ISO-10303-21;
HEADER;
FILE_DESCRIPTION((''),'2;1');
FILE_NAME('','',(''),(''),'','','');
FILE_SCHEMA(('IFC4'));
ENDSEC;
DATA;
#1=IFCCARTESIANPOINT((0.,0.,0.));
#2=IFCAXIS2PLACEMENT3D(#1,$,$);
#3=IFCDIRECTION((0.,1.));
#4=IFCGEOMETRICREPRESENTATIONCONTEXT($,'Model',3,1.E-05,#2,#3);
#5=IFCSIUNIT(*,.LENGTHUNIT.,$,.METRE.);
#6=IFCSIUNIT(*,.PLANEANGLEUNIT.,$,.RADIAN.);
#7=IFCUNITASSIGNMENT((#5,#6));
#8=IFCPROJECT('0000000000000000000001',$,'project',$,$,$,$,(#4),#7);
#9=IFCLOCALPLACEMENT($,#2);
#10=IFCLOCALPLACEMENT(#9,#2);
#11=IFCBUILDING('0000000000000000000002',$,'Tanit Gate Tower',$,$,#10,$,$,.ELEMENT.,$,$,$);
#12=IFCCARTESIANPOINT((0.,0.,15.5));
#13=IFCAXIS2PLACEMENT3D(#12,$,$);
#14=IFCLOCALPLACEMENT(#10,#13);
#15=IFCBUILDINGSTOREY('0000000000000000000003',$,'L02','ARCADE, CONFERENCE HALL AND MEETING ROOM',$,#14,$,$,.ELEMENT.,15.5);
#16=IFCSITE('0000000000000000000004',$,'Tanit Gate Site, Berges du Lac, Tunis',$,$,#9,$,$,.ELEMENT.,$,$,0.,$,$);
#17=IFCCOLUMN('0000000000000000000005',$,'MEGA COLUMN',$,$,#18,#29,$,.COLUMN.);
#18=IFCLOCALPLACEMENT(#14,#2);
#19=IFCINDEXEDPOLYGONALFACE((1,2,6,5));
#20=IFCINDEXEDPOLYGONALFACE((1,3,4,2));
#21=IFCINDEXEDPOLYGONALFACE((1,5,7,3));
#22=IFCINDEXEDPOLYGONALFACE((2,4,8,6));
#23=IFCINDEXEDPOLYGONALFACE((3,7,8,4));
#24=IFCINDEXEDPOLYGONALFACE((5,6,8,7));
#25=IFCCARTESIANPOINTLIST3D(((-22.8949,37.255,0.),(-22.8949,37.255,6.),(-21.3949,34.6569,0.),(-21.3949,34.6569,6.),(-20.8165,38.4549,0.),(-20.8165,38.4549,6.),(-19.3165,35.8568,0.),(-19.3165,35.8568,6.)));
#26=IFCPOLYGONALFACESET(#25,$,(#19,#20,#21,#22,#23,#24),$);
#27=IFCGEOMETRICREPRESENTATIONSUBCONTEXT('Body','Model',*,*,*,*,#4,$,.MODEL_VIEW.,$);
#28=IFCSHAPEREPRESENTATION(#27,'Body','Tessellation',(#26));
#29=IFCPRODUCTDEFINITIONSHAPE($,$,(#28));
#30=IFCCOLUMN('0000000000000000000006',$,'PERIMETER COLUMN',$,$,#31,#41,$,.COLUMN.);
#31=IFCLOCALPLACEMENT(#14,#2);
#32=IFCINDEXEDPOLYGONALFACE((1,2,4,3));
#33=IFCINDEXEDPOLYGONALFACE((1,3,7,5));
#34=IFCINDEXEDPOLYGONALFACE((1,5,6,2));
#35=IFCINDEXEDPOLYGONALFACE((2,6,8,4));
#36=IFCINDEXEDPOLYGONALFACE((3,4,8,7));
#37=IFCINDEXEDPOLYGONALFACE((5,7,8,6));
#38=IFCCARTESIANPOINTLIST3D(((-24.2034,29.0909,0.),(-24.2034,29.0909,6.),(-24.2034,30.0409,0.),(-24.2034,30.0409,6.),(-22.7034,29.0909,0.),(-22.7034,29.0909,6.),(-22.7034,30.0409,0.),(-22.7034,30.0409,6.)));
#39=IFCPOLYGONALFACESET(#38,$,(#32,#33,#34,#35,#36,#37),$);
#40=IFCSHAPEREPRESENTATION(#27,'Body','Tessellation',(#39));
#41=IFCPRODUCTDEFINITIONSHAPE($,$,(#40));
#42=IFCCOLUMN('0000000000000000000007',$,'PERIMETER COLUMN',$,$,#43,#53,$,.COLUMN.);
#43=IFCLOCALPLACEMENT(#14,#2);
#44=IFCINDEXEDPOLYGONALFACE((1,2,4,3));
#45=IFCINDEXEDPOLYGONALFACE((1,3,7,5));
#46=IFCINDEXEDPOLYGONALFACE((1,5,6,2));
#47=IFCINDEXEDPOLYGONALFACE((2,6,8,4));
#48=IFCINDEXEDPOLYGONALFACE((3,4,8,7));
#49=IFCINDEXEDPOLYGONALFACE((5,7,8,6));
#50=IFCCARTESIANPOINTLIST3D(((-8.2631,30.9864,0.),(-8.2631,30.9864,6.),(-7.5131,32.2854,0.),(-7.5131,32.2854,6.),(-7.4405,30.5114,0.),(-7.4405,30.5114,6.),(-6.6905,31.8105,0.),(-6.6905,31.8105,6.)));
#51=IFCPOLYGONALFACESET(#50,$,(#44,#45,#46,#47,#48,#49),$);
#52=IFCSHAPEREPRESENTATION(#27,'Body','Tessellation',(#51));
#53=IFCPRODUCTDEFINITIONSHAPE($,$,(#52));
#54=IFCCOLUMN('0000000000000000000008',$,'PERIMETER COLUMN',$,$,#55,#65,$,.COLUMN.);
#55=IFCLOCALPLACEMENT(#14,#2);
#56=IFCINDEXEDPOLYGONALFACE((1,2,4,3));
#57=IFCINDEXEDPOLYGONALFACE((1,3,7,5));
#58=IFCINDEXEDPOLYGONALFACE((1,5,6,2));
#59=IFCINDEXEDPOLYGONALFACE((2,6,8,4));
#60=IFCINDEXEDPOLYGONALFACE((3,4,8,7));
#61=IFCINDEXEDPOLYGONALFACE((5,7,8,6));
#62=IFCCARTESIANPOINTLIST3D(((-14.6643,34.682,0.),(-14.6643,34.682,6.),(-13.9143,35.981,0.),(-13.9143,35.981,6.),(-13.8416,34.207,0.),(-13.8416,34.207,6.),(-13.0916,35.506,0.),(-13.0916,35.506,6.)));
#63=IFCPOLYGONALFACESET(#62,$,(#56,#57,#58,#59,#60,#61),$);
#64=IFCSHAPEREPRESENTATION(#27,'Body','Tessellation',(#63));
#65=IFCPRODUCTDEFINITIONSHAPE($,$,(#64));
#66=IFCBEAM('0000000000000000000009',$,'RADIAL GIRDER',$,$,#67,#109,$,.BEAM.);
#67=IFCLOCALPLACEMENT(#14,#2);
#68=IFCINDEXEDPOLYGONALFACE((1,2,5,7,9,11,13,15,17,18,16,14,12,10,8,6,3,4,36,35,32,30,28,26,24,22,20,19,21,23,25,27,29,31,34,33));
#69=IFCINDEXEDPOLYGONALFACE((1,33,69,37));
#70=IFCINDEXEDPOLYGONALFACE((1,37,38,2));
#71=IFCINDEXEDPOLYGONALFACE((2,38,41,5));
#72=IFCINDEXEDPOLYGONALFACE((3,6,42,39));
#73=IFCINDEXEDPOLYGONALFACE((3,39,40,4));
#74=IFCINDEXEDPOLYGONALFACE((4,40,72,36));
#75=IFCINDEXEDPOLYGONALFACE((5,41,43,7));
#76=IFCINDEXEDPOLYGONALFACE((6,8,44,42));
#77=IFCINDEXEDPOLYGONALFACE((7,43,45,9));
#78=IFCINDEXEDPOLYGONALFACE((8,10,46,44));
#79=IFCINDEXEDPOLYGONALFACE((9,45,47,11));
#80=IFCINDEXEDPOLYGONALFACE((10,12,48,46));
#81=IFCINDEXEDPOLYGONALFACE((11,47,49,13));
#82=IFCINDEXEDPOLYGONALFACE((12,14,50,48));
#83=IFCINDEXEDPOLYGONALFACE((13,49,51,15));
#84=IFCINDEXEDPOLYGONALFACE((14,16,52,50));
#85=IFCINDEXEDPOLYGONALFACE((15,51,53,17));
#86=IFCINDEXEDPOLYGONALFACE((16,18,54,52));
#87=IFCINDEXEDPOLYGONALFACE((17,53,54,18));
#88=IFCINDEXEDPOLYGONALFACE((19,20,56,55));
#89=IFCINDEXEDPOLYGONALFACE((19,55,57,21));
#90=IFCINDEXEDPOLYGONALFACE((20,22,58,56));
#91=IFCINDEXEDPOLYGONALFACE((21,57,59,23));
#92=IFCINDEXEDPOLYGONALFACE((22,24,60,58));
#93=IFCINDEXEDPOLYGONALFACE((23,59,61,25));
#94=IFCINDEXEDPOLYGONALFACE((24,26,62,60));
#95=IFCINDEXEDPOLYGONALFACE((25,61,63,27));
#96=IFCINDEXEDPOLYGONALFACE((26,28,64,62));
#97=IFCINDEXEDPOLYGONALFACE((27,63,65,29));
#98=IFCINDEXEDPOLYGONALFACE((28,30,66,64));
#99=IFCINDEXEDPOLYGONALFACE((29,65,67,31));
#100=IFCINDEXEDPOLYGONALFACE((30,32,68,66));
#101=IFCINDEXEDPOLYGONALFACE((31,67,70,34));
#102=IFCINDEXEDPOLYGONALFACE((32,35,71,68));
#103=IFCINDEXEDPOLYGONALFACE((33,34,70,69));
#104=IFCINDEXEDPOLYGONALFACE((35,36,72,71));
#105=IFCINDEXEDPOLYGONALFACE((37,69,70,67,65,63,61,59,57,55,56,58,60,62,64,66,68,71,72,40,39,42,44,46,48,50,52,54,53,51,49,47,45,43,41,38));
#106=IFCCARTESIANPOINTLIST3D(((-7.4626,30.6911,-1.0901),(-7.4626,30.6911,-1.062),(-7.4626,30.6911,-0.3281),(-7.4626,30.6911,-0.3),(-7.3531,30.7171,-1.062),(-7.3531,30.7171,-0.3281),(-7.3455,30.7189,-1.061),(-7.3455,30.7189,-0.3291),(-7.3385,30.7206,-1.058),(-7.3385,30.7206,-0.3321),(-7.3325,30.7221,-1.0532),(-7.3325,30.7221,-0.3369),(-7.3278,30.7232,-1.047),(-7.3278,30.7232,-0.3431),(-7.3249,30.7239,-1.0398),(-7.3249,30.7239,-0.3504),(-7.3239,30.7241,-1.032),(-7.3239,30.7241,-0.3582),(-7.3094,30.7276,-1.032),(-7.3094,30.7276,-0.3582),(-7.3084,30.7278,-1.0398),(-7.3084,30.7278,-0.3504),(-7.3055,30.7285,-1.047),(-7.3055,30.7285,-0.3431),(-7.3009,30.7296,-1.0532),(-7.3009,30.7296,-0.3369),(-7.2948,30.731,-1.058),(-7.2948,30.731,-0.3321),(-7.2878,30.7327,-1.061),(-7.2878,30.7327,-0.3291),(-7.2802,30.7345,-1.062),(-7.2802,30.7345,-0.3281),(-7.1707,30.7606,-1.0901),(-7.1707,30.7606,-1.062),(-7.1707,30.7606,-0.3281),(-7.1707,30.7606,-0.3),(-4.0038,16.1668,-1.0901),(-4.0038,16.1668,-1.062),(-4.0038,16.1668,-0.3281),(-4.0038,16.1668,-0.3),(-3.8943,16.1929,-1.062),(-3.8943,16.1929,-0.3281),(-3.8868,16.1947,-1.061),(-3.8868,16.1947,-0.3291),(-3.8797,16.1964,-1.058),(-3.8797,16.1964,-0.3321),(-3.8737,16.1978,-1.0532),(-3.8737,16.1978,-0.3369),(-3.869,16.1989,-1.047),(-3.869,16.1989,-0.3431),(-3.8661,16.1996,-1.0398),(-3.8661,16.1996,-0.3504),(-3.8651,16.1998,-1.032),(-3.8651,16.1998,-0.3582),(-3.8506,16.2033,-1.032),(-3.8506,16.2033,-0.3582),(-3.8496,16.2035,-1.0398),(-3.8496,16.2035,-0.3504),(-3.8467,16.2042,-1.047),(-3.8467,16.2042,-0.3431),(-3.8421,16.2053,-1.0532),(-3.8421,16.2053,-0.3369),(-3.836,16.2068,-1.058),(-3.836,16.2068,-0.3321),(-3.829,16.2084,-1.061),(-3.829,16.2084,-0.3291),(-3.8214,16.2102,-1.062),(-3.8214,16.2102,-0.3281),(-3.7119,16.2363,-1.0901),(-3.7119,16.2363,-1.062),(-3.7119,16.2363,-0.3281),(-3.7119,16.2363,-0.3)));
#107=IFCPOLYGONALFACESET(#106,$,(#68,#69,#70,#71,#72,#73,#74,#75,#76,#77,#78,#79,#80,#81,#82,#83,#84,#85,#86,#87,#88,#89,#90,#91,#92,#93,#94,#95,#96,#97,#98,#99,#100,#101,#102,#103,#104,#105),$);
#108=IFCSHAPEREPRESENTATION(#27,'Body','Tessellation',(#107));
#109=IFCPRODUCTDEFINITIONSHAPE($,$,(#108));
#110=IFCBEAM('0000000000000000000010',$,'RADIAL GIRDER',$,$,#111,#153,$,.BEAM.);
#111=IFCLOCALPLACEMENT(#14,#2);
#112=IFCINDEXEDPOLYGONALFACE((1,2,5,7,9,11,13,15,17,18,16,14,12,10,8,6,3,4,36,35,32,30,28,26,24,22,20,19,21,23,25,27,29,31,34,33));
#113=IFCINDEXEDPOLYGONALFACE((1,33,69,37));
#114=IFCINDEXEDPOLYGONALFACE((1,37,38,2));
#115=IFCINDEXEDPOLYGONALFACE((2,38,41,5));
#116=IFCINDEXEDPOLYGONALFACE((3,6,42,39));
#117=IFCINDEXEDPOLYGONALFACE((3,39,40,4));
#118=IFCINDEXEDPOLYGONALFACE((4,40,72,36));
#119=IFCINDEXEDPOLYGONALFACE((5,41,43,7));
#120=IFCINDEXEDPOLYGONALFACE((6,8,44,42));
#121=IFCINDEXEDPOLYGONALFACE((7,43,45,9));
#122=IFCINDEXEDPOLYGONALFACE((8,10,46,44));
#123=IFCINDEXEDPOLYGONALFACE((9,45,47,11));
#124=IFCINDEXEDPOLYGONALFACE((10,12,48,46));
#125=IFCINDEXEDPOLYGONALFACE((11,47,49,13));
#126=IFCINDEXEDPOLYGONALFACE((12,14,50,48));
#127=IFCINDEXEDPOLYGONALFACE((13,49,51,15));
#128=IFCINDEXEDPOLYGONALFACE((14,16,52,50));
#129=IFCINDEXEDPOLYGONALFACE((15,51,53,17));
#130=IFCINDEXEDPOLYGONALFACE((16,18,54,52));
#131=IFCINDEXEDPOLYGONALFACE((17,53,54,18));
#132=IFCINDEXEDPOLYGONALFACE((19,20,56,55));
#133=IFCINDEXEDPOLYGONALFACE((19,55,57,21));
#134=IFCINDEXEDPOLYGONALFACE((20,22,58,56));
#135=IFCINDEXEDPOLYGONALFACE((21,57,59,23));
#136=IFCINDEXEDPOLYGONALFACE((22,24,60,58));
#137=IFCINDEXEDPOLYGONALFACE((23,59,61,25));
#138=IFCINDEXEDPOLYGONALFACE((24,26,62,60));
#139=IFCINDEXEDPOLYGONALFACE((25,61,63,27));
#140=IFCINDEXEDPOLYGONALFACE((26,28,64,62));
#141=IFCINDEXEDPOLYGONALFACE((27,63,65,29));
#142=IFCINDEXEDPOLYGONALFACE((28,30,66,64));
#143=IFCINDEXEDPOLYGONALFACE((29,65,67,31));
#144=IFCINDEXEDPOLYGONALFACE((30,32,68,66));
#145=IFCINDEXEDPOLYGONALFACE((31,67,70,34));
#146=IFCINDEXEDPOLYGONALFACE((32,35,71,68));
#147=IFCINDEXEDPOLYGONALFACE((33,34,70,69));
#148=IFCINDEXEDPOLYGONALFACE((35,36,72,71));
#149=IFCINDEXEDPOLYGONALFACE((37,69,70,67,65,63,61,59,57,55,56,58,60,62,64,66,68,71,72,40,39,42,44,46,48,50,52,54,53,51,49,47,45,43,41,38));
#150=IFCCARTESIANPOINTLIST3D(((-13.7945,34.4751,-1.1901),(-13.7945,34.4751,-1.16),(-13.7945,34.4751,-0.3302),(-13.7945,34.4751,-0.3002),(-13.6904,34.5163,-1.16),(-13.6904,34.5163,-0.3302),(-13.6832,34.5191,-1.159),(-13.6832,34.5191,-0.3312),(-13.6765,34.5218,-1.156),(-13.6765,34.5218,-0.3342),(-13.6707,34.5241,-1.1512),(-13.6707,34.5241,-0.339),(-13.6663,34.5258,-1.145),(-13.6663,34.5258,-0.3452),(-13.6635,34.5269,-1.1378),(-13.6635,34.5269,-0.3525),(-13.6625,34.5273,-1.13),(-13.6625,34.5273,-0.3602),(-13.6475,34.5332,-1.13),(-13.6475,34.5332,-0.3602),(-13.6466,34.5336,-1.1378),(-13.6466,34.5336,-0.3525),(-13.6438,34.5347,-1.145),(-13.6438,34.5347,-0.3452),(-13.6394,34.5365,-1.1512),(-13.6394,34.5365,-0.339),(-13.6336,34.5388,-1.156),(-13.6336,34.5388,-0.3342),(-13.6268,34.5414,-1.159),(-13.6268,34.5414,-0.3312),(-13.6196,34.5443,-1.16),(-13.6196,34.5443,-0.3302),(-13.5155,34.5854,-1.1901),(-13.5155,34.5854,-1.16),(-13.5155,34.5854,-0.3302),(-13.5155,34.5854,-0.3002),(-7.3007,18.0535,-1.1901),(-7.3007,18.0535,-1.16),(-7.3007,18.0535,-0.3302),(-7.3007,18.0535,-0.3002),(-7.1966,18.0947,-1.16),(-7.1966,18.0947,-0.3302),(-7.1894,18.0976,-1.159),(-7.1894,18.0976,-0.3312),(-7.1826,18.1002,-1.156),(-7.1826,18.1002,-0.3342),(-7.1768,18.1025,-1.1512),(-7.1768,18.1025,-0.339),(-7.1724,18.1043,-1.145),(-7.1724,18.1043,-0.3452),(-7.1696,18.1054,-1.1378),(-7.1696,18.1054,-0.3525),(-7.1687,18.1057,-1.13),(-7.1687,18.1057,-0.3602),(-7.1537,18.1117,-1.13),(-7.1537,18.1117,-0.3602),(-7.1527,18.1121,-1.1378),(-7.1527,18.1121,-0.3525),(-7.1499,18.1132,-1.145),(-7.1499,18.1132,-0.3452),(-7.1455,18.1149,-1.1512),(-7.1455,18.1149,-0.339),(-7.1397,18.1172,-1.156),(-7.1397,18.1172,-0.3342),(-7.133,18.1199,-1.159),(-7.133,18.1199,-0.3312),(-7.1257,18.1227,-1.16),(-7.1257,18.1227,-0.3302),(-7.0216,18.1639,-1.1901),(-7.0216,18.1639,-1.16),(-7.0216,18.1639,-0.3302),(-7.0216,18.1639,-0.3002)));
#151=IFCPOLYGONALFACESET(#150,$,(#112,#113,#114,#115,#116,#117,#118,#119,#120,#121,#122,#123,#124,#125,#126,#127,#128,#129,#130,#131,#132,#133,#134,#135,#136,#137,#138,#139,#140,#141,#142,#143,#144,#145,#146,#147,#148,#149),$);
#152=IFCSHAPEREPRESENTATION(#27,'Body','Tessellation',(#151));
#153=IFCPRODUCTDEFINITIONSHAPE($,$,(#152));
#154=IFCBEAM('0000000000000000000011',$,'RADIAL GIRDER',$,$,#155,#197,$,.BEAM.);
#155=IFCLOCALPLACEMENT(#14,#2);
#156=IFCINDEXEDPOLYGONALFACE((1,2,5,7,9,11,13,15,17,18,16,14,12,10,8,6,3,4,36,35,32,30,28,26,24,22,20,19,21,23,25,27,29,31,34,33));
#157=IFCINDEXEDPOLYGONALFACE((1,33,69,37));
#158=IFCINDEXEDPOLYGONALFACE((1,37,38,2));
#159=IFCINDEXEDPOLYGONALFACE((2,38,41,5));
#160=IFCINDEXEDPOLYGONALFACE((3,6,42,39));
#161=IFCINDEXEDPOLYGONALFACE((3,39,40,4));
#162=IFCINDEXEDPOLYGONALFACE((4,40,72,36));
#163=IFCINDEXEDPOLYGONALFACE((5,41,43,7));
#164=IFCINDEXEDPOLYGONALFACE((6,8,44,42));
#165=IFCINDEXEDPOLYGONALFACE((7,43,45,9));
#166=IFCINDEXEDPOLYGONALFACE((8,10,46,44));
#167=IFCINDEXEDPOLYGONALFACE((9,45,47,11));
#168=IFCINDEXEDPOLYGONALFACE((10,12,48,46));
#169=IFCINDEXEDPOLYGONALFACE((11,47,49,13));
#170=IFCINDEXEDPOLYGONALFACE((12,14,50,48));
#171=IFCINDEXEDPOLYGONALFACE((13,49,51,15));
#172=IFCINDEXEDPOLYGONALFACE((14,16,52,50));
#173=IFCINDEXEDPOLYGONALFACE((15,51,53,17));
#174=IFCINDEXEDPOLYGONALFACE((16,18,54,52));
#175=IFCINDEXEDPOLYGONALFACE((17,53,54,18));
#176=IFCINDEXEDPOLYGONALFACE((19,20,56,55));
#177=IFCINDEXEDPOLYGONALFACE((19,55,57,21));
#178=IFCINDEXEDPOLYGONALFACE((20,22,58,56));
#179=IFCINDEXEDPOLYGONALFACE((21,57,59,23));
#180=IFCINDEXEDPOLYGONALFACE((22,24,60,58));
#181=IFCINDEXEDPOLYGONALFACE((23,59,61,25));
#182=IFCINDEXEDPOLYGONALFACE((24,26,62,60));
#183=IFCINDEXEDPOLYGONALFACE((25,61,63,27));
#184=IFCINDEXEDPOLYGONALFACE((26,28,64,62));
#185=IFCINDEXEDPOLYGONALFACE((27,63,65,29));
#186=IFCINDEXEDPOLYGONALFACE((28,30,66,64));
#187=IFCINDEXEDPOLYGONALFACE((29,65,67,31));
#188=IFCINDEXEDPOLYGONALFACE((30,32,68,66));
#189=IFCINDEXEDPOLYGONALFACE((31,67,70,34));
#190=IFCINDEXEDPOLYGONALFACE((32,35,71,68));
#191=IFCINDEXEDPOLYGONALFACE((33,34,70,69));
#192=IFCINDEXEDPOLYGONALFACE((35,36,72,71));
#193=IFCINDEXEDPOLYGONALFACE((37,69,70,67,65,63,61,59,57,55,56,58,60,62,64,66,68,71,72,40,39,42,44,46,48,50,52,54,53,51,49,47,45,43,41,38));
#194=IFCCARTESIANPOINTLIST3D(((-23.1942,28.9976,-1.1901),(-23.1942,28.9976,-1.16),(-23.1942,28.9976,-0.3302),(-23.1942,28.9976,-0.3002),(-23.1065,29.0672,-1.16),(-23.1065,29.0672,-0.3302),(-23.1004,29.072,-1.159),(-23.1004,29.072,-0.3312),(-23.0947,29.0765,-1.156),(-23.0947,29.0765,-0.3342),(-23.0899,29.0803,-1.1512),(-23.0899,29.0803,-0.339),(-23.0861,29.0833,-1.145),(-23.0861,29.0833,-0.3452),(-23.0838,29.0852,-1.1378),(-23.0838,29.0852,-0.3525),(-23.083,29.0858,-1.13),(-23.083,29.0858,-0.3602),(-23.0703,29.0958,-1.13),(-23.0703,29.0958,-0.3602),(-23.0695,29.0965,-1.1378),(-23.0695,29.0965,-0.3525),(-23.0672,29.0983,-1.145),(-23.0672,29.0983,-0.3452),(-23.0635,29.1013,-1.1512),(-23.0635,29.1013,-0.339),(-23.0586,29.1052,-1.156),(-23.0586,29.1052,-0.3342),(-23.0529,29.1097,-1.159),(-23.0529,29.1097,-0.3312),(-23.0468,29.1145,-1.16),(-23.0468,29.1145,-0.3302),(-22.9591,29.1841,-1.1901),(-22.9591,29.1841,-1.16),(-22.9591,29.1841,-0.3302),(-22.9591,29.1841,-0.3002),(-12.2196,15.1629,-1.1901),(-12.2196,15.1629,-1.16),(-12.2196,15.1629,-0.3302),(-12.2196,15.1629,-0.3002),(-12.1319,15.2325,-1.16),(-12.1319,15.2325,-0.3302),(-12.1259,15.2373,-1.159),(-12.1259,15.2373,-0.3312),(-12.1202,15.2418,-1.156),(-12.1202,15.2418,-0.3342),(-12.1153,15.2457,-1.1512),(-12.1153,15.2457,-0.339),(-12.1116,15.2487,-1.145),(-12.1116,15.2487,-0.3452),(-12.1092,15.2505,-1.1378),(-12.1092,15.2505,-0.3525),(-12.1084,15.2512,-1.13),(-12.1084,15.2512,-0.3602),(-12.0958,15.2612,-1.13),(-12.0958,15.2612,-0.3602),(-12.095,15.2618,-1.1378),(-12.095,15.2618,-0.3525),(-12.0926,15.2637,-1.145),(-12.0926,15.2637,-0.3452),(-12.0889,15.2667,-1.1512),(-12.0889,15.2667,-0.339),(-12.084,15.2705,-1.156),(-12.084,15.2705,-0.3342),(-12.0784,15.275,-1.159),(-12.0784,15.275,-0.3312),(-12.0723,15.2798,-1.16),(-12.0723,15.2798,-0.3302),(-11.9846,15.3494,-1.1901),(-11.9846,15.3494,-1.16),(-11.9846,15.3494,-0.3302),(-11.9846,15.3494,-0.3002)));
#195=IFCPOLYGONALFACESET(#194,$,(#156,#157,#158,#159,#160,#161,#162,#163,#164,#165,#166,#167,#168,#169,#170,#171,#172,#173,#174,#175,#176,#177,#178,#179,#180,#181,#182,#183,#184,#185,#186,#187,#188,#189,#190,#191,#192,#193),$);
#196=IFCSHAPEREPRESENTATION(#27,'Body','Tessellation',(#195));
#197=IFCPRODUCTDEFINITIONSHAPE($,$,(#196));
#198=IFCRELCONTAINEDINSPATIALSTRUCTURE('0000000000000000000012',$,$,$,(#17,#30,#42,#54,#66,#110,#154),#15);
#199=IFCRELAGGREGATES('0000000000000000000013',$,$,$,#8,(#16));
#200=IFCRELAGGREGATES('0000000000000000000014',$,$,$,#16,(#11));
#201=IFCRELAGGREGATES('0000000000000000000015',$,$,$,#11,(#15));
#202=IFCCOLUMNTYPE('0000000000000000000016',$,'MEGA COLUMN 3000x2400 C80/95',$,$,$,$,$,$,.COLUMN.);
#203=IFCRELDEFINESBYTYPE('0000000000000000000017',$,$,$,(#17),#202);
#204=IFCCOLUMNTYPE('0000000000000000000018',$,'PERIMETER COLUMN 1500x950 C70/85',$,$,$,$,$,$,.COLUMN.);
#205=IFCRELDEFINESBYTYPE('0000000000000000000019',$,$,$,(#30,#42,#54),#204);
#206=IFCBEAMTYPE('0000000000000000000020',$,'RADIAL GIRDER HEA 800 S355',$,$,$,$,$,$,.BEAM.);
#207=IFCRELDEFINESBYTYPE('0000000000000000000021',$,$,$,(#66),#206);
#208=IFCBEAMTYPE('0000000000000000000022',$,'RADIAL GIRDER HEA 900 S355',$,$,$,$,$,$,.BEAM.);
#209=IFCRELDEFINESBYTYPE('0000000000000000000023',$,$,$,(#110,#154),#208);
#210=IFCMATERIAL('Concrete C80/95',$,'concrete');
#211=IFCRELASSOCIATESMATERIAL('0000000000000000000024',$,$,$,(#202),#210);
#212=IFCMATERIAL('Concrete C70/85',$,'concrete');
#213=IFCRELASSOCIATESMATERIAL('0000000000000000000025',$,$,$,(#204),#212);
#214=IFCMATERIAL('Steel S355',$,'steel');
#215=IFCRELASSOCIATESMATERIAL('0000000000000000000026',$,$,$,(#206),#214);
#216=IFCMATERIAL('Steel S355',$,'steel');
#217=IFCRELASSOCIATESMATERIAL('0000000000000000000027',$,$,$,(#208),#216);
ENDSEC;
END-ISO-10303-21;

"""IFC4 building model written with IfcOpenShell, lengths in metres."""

from ifc_helpers import new_model, si_unit, direction, frame, origin, origin_2d, place, context, subcontext, project, spatial, rectangle, i_section, extrude, material, material_profile, profile_set, type_object, element, save


model = new_model("IFC4")

# Units and contexts
model_context = context("Model", 3, precision=1e-05, world=origin(), true_north=direction((0.0, 1.0)))
body_context = subcontext(model_context, "Body", "Model", "MODEL_VIEW")
ifc_project = project(units=[si_unit("LENGTHUNIT", "METRE"), si_unit("PLANEANGLEUNIT", "RADIAN")], contexts=[model_context])

# Site, building, storey
site_placement = place(None, origin())
site = spatial("IfcSite", under=ifc_project, at=site_placement, Name="Tanit Gate Site, Berges du Lac, Tunis", CompositionType="ELEMENT", RefElevation=0.0)
building_placement = place(site_placement, origin())
building = spatial("IfcBuilding", under=site, at=building_placement, Name="Tanit Gate Tower", CompositionType="ELEMENT")
storey_placement = place(building_placement, frame((0.0, 0.0, 15.5)))
storey = spatial("IfcBuildingStorey", under=building, at=storey_placement, Name="L02", Description="ARCADE, CONFERENCE HALL AND MEETING ROOM", CompositionType="ELEMENT", Elevation=15.5)

# Columns
ifc_material_1 = material(Name="Concrete C80/95", Category="concrete")
ifc_material_profile_1 = material_profile(ifc_material_1, rectangle(XDim=3.0, YDim=2.3999, at=origin_2d()), Name="RC 3000x2400")
ifc_profile_set_1 = profile_set([ifc_material_profile_1], Name="Concrete C80/95")
column_type_1 = type_object("IfcColumnType", Name="MEGA COLUMN 3000x2400 C80/95", PredefinedType="COLUMN", material=ifc_profile_set_1)
column_placement = place(storey_placement, frame((-21.1057, 36.5559, 0.0), z_axis=(0.0, 0.0, 1.0), x_axis=(-0.5, 0.866025, 0.0)))
element("IfcColumn", 1, at=column_placement, inside=storey, type_object=column_type_1, Name="MEGA COLUMN", PredefinedType="COLUMN", context=body_context, shape_type="SweptSolid", body=[
    extrude(rectangle(XDim=3.0, YDim=2.3999, at=origin_2d()), origin(), (0.0, 0.0, 1.0), 6.0),
])
ifc_material_2 = material(Name="Concrete C70/85", Category="concrete")
ifc_material_profile_2 = material_profile(ifc_material_2, rectangle(XDim=1.5, YDim=0.95, at=origin_2d()), Name="RC 1500x950")
ifc_profile_set_2 = profile_set([ifc_material_profile_2], Name="Concrete C70/85")
column_type_2 = type_object("IfcColumnType", Name="PERIMETER COLUMN 1500x950 C70/85", PredefinedType="COLUMN", material=ifc_profile_set_2)
for number, where, z_axis, x_axis, name in (
    (2, (-23.4534, 29.5659, 0.0), (0.0, 0.0, 1.0), (-1.0, 0.0, 0.0), "PERIMETER COLUMN"),
    (3, (-7.4768, 31.3984, 0.0), (0.0, 0.0, 1.0), (0.5, 0.866025, 0.0), "PERIMETER COLUMN"),
    (4, (-13.8779, 35.094, 0.0), (0.0, 0.0, 1.0), (0.5, 0.866025, 0.0), "PERIMETER COLUMN"),
):
    element("IfcColumn", number, at=place(storey_placement, frame(where, z_axis=z_axis, x_axis=x_axis)), inside=storey, type_object=column_type_2, Name=name, PredefinedType="COLUMN", context=body_context, shape_type="SweptSolid", body=[
        extrude(rectangle(XDim=1.5, YDim=0.95, at=origin_2d()), origin(), (0.0, 0.0, 1.0), 6.0),
    ])

# Beams
ifc_material_3 = material(Name="Steel S355", Category="steel")
ifc_material_profile_3 = material_profile(ifc_material_3, i_section(OverallWidth=0.3, OverallDepth=0.79, WebThickness=0.0149, FlangeThickness=0.0281, FilletRadius=0.03, at=origin_2d()), Name="HEA 800")
ifc_profile_set_3 = profile_set([ifc_material_profile_3], Name="Steel S355")
beam_type_1 = type_object("IfcBeamType", Name="RADIAL GIRDER HEA 800 S355", PredefinedType="BEAM", material=ifc_profile_set_3)
beam_1_placement = place(storey_placement, frame((-7.3167, 30.7258, -0.6951), z_axis=(0.231659, -0.972797, 0.0), x_axis=(0.972797, 0.231659, 0.0)))
element("IfcBeam", 5, at=beam_1_placement, inside=storey, type_object=beam_type_1, Name="RADIAL GIRDER", PredefinedType="BEAM", context=body_context, shape_type="SweptSolid", body=[
    extrude(i_section(OverallWidth=0.3, OverallDepth=0.79, WebThickness=0.0149, FlangeThickness=0.0281, FilletRadius=0.03, at=origin_2d()), origin(), (0.0, 0.0, 1.0), 14.9304),
])
ifc_material_4 = material(Name="Steel S355", Category="steel")
ifc_material_profile_4 = material_profile(ifc_material_4, i_section(OverallWidth=0.3, OverallDepth=0.8899, WebThickness=0.0161, FlangeThickness=0.03, FilletRadius=0.03, at=origin_2d()), Name="HEA 900")
ifc_profile_set_4 = profile_set([ifc_material_profile_4], Name="Steel S355")
beam_type_2 = type_object("IfcBeamType", Name="RADIAL GIRDER HEA 900 S355", PredefinedType="BEAM", material=ifc_profile_set_4)
for number, where, z_axis, x_axis, name in (
    (6, (-13.655, 34.5303, -0.7451), (0.367738, -0.929929, 0.0), (0.929929, 0.367738, 0.0), "RADIAL GIRDER"),
    (7, (-23.0767, 29.0908, -0.7451), (0.621473, -0.783436, 0.0), (0.783436, 0.621473, 0.0), "RADIAL GIRDER"),
):
    element("IfcBeam", number, at=place(storey_placement, frame(where, z_axis=z_axis, x_axis=x_axis)), inside=storey, type_object=beam_type_2, Name=name, PredefinedType="BEAM", context=body_context, shape_type="SweptSolid", body=[
        extrude(i_section(OverallWidth=0.3, OverallDepth=0.8899, WebThickness=0.0161, FlangeThickness=0.03, FilletRadius=0.03, at=origin_2d()), origin(), (0.0, 0.0, 1.0), 17.6589),
    ])

save(model, "model.ifc")
